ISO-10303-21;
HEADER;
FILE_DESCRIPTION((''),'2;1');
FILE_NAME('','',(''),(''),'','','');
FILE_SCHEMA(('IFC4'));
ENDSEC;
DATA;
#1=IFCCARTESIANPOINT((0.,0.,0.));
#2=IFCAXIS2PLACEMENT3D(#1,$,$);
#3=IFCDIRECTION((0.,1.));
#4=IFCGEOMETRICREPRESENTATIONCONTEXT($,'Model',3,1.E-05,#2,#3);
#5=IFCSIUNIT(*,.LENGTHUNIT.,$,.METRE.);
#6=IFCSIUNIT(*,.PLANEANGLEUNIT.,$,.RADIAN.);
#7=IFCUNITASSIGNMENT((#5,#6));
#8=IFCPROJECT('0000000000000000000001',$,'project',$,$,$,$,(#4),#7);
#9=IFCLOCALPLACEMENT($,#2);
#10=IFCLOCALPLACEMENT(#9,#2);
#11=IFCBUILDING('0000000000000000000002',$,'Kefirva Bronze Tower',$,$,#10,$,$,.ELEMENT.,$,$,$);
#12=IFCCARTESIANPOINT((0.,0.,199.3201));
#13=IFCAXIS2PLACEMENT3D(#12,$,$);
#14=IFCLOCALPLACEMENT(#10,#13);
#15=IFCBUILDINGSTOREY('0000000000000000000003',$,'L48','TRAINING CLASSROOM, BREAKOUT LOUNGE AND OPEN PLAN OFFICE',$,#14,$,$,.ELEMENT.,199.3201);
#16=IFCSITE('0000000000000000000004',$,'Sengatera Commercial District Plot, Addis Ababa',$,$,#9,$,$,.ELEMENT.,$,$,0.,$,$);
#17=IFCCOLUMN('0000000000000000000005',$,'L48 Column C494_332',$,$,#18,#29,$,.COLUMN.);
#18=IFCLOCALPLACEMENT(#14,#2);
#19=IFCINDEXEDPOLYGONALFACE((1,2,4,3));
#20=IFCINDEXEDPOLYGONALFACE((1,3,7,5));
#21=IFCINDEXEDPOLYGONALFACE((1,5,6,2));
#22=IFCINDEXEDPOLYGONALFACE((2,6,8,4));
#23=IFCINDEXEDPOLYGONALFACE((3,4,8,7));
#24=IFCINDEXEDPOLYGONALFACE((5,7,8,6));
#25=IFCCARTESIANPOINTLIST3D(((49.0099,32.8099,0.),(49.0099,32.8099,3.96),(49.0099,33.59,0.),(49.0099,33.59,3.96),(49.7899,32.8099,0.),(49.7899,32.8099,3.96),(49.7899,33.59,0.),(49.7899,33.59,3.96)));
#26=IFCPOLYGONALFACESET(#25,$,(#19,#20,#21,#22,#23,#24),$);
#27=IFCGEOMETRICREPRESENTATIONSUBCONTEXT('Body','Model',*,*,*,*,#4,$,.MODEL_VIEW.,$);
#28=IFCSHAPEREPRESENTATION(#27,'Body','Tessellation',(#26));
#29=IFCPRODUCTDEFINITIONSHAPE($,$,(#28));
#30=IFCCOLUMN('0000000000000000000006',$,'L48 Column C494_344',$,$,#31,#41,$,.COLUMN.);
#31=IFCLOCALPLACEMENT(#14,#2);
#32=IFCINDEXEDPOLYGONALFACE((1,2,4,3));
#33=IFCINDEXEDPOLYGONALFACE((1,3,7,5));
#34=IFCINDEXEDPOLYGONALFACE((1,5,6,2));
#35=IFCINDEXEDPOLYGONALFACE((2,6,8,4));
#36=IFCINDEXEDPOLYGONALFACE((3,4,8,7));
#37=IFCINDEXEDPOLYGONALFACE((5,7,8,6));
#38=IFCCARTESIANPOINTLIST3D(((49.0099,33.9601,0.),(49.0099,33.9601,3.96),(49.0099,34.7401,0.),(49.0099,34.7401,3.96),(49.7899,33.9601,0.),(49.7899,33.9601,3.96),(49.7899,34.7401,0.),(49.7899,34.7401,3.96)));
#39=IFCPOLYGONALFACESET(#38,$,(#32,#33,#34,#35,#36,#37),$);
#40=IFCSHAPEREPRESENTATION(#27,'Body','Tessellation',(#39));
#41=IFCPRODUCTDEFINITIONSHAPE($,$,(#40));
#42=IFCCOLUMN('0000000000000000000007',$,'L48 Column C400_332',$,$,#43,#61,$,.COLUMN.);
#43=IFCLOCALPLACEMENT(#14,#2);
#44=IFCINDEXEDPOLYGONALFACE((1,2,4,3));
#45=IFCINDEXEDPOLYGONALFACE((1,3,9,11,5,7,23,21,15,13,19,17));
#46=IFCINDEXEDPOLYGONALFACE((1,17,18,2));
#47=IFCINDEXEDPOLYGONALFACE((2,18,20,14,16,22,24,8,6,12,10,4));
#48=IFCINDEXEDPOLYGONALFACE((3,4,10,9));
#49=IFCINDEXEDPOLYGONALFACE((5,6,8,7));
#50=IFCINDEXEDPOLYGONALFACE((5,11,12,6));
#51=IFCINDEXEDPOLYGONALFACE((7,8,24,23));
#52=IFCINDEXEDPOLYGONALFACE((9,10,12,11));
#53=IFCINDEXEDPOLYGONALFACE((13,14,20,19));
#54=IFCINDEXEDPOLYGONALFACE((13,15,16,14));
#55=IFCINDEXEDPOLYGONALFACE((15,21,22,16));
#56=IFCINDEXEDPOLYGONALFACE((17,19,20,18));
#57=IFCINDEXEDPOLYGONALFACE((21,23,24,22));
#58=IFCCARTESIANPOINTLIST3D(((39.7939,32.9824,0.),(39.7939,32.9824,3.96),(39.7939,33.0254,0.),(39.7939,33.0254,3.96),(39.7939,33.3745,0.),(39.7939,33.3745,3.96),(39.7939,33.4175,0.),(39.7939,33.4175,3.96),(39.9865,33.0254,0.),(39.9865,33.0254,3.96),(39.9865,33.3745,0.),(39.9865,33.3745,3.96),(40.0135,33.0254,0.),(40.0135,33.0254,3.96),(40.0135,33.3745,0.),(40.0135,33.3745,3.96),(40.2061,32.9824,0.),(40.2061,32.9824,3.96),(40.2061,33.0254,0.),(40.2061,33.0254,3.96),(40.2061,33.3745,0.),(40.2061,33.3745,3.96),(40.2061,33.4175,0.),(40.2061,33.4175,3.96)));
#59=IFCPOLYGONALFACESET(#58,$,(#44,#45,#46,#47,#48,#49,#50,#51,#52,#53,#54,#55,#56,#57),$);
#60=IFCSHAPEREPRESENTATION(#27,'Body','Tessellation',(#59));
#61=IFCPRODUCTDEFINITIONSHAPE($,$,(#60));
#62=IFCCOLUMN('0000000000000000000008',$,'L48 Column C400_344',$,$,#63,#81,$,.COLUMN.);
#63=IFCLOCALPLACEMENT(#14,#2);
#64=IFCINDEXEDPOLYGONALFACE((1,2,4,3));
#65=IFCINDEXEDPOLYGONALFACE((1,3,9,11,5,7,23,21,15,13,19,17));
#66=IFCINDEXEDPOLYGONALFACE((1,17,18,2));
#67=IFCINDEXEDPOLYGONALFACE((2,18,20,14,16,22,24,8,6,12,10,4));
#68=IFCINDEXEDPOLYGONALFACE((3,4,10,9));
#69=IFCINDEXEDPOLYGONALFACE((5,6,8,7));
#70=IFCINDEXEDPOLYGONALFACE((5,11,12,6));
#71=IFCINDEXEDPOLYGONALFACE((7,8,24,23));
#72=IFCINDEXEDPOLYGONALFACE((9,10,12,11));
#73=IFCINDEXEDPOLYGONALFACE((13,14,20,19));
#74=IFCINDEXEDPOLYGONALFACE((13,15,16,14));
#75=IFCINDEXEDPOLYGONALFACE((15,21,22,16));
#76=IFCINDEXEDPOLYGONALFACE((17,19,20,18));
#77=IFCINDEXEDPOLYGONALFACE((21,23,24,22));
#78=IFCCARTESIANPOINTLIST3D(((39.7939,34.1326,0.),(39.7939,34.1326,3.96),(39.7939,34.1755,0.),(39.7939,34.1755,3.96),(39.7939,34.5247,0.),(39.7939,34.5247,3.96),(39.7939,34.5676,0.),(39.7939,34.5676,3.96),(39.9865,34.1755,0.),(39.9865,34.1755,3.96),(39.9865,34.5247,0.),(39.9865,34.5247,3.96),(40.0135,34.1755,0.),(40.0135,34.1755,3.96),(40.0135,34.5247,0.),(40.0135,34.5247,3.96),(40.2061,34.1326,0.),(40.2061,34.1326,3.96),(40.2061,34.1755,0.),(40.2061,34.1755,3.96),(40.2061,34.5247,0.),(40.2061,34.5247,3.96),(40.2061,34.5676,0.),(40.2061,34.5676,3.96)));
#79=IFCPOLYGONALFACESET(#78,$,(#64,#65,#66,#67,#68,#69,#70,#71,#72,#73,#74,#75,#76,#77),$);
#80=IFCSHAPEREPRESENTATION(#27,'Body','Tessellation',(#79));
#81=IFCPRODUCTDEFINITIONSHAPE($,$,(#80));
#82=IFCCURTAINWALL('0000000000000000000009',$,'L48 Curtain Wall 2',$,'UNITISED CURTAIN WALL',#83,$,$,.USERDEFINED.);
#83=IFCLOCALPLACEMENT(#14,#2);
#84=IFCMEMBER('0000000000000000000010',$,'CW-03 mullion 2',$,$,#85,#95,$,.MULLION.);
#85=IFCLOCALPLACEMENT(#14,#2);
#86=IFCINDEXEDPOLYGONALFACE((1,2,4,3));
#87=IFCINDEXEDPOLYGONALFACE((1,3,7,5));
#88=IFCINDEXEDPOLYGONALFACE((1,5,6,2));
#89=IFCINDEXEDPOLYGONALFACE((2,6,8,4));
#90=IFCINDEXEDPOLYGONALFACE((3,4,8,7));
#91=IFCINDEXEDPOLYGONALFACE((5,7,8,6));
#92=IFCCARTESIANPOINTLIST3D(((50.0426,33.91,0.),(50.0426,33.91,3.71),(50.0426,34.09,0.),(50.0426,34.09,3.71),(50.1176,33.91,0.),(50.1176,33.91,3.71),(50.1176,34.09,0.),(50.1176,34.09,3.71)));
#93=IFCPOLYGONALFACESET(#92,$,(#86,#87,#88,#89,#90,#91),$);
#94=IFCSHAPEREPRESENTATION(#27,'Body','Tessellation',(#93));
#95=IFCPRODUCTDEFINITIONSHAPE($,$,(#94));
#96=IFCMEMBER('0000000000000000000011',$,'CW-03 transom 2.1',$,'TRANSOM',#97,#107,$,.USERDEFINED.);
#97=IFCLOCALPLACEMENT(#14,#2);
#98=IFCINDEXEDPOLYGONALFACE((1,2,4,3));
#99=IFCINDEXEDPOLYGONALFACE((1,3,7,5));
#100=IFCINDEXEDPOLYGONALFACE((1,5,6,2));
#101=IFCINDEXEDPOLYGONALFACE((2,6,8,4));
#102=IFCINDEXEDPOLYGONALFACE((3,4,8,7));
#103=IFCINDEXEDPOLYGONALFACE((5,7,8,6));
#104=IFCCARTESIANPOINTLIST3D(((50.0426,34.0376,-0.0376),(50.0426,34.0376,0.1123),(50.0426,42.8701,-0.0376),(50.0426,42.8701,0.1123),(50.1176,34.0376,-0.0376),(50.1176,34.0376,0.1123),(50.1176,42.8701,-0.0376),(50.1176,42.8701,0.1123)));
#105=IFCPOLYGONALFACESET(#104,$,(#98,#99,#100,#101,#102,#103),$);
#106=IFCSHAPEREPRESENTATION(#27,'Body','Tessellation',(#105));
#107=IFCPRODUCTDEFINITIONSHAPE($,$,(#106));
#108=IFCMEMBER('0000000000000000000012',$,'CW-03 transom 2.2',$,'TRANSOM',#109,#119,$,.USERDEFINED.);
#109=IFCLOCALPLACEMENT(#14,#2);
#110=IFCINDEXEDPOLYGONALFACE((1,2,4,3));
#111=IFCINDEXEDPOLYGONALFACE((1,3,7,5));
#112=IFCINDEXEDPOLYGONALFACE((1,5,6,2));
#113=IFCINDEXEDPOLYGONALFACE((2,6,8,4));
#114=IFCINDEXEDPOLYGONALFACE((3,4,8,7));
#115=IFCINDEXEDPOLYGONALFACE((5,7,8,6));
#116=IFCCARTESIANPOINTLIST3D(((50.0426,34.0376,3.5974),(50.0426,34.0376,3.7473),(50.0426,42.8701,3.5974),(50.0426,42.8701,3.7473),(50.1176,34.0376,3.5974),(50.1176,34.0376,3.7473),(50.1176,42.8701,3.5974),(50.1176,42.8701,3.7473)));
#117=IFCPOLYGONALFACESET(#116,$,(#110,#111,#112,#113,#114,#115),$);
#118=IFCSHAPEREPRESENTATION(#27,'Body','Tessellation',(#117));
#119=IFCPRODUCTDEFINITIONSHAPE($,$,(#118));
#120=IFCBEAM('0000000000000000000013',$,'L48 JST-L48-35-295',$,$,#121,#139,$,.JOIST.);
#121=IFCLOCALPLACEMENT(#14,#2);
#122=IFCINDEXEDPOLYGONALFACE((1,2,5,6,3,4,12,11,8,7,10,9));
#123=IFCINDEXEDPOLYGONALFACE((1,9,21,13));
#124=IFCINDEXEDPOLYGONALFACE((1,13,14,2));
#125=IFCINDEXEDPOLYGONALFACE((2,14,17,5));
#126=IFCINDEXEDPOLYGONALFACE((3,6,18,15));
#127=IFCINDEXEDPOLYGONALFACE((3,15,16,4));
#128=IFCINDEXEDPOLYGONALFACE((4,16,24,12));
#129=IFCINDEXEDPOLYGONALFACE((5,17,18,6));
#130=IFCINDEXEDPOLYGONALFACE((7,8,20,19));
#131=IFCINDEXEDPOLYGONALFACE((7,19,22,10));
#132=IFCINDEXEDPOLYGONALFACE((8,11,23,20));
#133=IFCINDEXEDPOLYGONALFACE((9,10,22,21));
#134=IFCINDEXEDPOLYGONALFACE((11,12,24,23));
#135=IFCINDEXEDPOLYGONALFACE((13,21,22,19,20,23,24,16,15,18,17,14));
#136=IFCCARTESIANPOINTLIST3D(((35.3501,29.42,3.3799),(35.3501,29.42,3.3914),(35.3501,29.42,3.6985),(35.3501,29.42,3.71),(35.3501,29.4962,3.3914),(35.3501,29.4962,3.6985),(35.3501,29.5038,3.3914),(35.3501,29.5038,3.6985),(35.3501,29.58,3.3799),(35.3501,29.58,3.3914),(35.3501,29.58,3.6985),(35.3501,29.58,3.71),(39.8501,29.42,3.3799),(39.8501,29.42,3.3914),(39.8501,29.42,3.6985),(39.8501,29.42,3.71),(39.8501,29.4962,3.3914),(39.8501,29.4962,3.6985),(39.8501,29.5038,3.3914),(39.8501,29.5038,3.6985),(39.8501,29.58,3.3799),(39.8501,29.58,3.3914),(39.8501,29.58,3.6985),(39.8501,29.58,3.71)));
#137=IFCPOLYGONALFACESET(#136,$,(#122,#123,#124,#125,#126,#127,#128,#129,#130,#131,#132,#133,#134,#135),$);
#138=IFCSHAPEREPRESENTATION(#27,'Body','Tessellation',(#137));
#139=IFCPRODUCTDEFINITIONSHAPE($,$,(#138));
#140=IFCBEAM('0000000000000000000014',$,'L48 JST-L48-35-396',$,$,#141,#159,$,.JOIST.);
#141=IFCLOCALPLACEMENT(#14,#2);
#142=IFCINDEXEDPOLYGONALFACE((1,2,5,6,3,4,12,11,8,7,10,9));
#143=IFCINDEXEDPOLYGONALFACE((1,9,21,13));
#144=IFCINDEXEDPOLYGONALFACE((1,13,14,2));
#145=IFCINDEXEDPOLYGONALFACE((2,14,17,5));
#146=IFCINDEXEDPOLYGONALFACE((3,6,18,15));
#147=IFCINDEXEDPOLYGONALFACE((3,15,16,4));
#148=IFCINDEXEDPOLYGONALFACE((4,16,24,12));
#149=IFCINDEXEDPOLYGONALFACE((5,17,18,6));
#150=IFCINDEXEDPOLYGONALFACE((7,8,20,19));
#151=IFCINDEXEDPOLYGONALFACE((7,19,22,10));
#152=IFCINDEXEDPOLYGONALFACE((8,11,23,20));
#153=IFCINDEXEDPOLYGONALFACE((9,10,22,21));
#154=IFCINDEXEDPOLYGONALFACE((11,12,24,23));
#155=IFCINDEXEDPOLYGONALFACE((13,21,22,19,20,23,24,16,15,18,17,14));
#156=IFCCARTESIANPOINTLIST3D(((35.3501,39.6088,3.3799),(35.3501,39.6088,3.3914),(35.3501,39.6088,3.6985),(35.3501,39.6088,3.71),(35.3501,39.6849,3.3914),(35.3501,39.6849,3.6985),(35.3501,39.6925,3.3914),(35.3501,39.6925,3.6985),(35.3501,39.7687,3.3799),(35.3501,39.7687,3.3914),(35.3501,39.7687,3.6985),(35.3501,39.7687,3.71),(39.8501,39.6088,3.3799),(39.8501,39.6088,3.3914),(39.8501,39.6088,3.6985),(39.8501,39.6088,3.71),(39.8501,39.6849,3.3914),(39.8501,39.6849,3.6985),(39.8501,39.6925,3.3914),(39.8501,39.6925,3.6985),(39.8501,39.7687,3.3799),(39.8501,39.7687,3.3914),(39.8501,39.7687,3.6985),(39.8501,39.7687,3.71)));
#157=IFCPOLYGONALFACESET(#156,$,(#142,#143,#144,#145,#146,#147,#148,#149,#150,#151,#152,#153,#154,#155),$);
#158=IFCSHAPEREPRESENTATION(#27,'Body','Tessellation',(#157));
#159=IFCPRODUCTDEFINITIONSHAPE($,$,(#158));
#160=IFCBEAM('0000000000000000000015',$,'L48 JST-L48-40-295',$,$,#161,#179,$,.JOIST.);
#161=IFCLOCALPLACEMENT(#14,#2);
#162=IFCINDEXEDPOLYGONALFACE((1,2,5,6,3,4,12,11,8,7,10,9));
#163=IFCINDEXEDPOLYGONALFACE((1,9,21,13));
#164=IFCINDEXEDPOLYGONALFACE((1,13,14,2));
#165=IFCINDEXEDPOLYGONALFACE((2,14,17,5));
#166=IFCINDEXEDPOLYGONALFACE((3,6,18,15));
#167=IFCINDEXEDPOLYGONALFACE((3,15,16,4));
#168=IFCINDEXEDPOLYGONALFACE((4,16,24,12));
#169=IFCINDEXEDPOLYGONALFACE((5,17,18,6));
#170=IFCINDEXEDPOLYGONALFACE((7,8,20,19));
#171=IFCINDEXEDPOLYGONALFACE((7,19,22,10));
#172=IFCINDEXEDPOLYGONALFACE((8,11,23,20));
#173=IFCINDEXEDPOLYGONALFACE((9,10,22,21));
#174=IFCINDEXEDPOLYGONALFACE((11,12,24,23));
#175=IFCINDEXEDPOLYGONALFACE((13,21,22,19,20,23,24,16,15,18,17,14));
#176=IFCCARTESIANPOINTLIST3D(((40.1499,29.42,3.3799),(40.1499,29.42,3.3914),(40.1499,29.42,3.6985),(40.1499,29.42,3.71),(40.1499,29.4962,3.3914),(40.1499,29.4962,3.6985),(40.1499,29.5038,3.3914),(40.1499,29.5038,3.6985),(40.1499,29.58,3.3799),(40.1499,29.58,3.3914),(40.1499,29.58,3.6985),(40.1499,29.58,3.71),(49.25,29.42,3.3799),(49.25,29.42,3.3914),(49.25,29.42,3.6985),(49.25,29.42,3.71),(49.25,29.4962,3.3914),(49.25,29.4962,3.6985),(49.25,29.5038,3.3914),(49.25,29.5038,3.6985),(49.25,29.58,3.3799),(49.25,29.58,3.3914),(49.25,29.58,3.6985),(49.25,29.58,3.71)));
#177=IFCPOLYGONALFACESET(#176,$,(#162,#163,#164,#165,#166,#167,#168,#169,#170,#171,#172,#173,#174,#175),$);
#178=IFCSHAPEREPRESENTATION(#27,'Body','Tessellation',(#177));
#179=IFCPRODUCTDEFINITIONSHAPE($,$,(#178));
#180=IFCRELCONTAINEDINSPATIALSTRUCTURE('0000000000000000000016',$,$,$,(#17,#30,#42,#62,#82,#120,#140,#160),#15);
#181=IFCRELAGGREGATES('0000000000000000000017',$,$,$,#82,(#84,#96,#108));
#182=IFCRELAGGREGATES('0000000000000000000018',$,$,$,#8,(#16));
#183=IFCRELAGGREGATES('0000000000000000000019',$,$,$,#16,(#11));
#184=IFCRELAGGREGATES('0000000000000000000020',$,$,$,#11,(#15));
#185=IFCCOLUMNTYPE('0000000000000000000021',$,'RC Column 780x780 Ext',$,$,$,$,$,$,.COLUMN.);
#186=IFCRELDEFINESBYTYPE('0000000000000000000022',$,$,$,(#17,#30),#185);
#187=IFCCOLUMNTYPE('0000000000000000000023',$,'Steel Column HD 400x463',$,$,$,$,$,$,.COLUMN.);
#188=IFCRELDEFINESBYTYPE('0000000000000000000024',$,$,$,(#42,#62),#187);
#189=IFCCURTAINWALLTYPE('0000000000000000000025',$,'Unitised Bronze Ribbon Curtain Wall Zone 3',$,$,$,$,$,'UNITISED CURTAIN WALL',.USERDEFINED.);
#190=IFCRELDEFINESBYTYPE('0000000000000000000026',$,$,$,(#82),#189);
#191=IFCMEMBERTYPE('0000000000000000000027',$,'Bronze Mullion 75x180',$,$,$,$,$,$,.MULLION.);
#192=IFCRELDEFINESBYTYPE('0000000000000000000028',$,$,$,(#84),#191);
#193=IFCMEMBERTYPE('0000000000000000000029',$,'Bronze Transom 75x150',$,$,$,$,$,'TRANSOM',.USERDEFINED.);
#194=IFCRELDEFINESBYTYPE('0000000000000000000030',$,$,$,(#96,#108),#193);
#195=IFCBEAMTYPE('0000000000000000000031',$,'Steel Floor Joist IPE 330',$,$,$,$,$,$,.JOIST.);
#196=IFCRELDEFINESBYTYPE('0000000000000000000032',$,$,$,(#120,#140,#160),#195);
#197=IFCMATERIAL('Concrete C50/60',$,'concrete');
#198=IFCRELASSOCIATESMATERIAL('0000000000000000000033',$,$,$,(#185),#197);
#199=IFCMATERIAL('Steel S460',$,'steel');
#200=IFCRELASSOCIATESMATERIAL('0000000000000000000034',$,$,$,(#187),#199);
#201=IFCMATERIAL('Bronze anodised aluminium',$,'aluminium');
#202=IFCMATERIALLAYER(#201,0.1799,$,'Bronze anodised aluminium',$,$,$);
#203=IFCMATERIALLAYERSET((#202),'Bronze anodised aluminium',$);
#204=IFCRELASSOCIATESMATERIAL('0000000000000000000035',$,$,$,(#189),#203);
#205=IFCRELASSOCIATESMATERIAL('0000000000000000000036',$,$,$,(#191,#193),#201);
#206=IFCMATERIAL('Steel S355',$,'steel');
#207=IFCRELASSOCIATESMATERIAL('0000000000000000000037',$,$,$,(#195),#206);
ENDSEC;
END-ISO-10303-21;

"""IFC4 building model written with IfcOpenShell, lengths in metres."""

from ifc_helpers import new_model, si_unit, direction, frame, origin, origin_2d, place, context, subcontext, project, spatial, rectangle, i_section, extrude, material, layer, layer_set, material_profile, profile_set, type_object, element, aggregate, save


model = new_model("IFC4")

# Units and contexts
model_context = context("Model", 3, precision=1e-05, world=origin(), true_north=direction((0.0, 1.0)))
body_context = subcontext(model_context, "Body", "Model", "MODEL_VIEW")
ifc_project = project(units=[si_unit("LENGTHUNIT", "METRE"), si_unit("PLANEANGLEUNIT", "RADIAN")], contexts=[model_context])

# Site, building, storey
site_placement = place(None, origin())
site = spatial("IfcSite", under=ifc_project, at=site_placement, Name="Sengatera Commercial District Plot, Addis Ababa", CompositionType="ELEMENT", RefElevation=0.0)
building_placement = place(site_placement, origin())
building = spatial("IfcBuilding", under=site, at=building_placement, Name="Kefirva Bronze Tower", CompositionType="ELEMENT")
storey_placement = place(building_placement, frame((0.0, 0.0, 199.3201)))
storey = spatial("IfcBuildingStorey", under=building, at=storey_placement, Name="L48", Description="TRAINING CLASSROOM, BREAKOUT LOUNGE AND OPEN PLAN OFFICE", CompositionType="ELEMENT", Elevation=199.3201)

# Columns
ifc_material_1 = material(Name="Concrete C50/60", Category="concrete")
ifc_material_profile_1 = material_profile(ifc_material_1, rectangle(XDim=0.78, YDim=0.78, at=origin_2d()), Name="RC 780x780")
ifc_profile_set_1 = profile_set([ifc_material_profile_1], Name="Concrete C50/60")
column_type_1 = type_object("IfcColumnType", Name="RC Column 780x780 Ext", PredefinedType="COLUMN", material=ifc_profile_set_1)
for number, where, z_axis, x_axis, name in (
    (1, (49.3999, 33.2, 0.0), (0.0, 0.0, 1.0), (1.0, 0.0, 0.0), "L48 Column C494_332"),
    (2, (49.3999, 34.3501, 0.0), (0.0, 0.0, 1.0), (1.0, 0.0, 0.0), "L48 Column C494_344"),
):
    element("IfcColumn", number, at=place(storey_placement, frame(where, z_axis=z_axis, x_axis=x_axis)), inside=storey, type_object=column_type_1, Name=name, PredefinedType="COLUMN", context=body_context, shape_type="SweptSolid", body=[
        extrude(rectangle(XDim=0.78, YDim=0.78, at=origin_2d()), origin(), (0.0, 0.0, 1.0), 3.96),
    ])
ifc_material_2 = material(Name="Steel S460", Category="steel")
ifc_material_profile_2 = material_profile(ifc_material_2, i_section(OverallWidth=0.4121, OverallDepth=0.4351, WebThickness=0.0271, FlangeThickness=0.043, at=origin_2d()), Name="HD 400x463")
ifc_profile_set_2 = profile_set([ifc_material_profile_2], Name="Steel S460")
column_type_2 = type_object("IfcColumnType", Name="Steel Column HD 400x463", PredefinedType="COLUMN", material=ifc_profile_set_2)
for number, where, z_axis, x_axis, name in (
    (3, (40.0, 33.2, 0.0), (0.0, 0.0, 1.0), (1.0, 0.0, 0.0), "L48 Column C400_332"),
    (4, (40.0, 34.3501, 0.0), (0.0, 0.0, 1.0), (1.0, 0.0, 0.0), "L48 Column C400_344"),
):
    element("IfcColumn", number, at=place(storey_placement, frame(where, z_axis=z_axis, x_axis=x_axis)), inside=storey, type_object=column_type_2, Name=name, PredefinedType="COLUMN", context=body_context, shape_type="SweptSolid", body=[
        extrude(i_section(OverallWidth=0.4121, OverallDepth=0.4351, WebThickness=0.0271, FlangeThickness=0.043, at=origin_2d()), origin(), (0.0, 0.0, 1.0), 3.96),
    ])

# Curtain wall, members
ifc_material_3 = material(Name="Bronze anodised aluminium", Category="aluminium")
ifc_layer_1 = layer(ifc_material_3, 0.1799, Name="Bronze anodised aluminium")
ifc_layer_set_1 = layer_set([ifc_layer_1], Name="Bronze anodised aluminium")
curtain_wall_type = type_object("IfcCurtainWallType", Name="Unitised Bronze Ribbon Curtain Wall Zone 3", ElementType="UNITISED CURTAIN WALL", PredefinedType="USERDEFINED", material=ifc_layer_set_1)
curtain_wall_placement = place(storey_placement, origin())
curtain_wall = element("IfcCurtainWall", 5, at=curtain_wall_placement, inside=storey, type_object=curtain_wall_type, Name="L48 Curtain Wall 2", ObjectType="UNITISED CURTAIN WALL", PredefinedType="USERDEFINED")
ifc_material_profile_3 = material_profile(ifc_material_3, rectangle(XDim=0.075, YDim=0.1799, at=origin_2d()), Name="ALU 75x180")
ifc_profile_set_3 = profile_set([ifc_material_profile_3], Name="Bronze anodised aluminium")
member_type_1 = type_object("IfcMemberType", Name="Bronze Mullion 75x180", PredefinedType="MULLION", material=ifc_profile_set_3)
member_1_placement = place(storey_placement, frame((50.0801, 34.0, 0.0), z_axis=(0.0, 0.0, 1.0), x_axis=(-1.0, 0.0, 0.0)))
member_1 = element("IfcMember", 6, at=member_1_placement, type_object=member_type_1, Name="CW-03 mullion 2", PredefinedType="MULLION", context=body_context, shape_type="SweptSolid", body=[
    extrude(rectangle(XDim=0.075, YDim=0.1799, at=origin_2d()), origin(), (0.0, 0.0, 1.0), 3.71),
])
ifc_material_profile_4 = material_profile(ifc_material_3, rectangle(XDim=0.075, YDim=0.1499, at=origin_2d()), Name="ALU 75x150")
ifc_profile_set_4 = profile_set([ifc_material_profile_4], Name="Bronze anodised aluminium")
member_type_2 = type_object("IfcMemberType", Name="Bronze Transom 75x150", ElementType="TRANSOM", PredefinedType="USERDEFINED", material=ifc_profile_set_4)
member_2_placement = place(storey_placement, frame((50.0801, 34.0376, 0.0374), z_axis=(0.0, 1.0, 0.0), x_axis=(-1.0, 0.0, 0.0)))
member_2 = element("IfcMember", 7, at=member_2_placement, type_object=member_type_2, Name="CW-03 transom 2.1", ObjectType="TRANSOM", PredefinedType="USERDEFINED", context=body_context, shape_type="SweptSolid", body=[
    extrude(rectangle(XDim=0.075, YDim=0.1499, at=origin_2d()), origin(), (0.0, 0.0, 1.0), 8.8325),
])
member_3_placement = place(storey_placement, frame((50.0801, 34.0376, 3.6724), z_axis=(0.0, 1.0, 0.0), x_axis=(-1.0, 0.0, 0.0)))
member_3 = element("IfcMember", 8, at=member_3_placement, type_object=member_type_2, Name="CW-03 transom 2.2", ObjectType="TRANSOM", PredefinedType="USERDEFINED", context=body_context, shape_type="SweptSolid", body=[
    extrude(rectangle(XDim=0.075, YDim=0.1499, at=origin_2d()), origin(), (0.0, 0.0, 1.0), 8.8325),
])

# Beams
ifc_material_4 = material(Name="Steel S355", Category="steel")
ifc_material_profile_5 = material_profile(ifc_material_4, i_section(OverallWidth=0.1599, OverallDepth=0.3301, WebThickness=0.0076, FlangeThickness=0.0115, at=origin_2d()), Name="IPE 330")
ifc_profile_set_5 = profile_set([ifc_material_profile_5], Name="Steel S355")
beam_type_1 = type_object("IfcBeamType", Name="Steel Floor Joist IPE 330", PredefinedType="JOIST", material=ifc_profile_set_5)
for number, where, z_axis, x_axis, name in (
    (9, (35.3501, 29.5, 3.5449), (1.0, 0.0, 0.0), (0.0, 1.0, 0.0), "L48 JST-L48-35-295"),
    (10, (35.3501, 39.6887, 3.5449), (1.0, 0.0, 0.0), (0.0, 1.0, 0.0), "L48 JST-L48-35-396"),
):
    element("IfcBeam", number, at=place(storey_placement, frame(where, z_axis=z_axis, x_axis=x_axis)), inside=storey, type_object=beam_type_1, Name=name, PredefinedType="JOIST", context=body_context, shape_type="SweptSolid", body=[
        extrude(i_section(OverallWidth=0.1599, OverallDepth=0.3301, WebThickness=0.0076, FlangeThickness=0.0115, at=origin_2d()), origin(), (0.0, 0.0, 1.0), 4.5),
    ])
beam_1_placement = place(storey_placement, frame((40.1499, 29.5, 3.5449), z_axis=(1.0, 0.0, 0.0), x_axis=(0.0, 1.0, 0.0)))
element("IfcBeam", 11, at=beam_1_placement, inside=storey, type_object=beam_type_1, Name="L48 JST-L48-40-295", PredefinedType="JOIST", context=body_context, shape_type="SweptSolid", body=[
    extrude(i_section(OverallWidth=0.1599, OverallDepth=0.3301, WebThickness=0.0076, FlangeThickness=0.0115, at=origin_2d()), origin(), (0.0, 0.0, 1.0), 9.1001),
])

aggregate(curtain_wall, [member_1, member_2, member_3])

save(model, "model.ifc")
